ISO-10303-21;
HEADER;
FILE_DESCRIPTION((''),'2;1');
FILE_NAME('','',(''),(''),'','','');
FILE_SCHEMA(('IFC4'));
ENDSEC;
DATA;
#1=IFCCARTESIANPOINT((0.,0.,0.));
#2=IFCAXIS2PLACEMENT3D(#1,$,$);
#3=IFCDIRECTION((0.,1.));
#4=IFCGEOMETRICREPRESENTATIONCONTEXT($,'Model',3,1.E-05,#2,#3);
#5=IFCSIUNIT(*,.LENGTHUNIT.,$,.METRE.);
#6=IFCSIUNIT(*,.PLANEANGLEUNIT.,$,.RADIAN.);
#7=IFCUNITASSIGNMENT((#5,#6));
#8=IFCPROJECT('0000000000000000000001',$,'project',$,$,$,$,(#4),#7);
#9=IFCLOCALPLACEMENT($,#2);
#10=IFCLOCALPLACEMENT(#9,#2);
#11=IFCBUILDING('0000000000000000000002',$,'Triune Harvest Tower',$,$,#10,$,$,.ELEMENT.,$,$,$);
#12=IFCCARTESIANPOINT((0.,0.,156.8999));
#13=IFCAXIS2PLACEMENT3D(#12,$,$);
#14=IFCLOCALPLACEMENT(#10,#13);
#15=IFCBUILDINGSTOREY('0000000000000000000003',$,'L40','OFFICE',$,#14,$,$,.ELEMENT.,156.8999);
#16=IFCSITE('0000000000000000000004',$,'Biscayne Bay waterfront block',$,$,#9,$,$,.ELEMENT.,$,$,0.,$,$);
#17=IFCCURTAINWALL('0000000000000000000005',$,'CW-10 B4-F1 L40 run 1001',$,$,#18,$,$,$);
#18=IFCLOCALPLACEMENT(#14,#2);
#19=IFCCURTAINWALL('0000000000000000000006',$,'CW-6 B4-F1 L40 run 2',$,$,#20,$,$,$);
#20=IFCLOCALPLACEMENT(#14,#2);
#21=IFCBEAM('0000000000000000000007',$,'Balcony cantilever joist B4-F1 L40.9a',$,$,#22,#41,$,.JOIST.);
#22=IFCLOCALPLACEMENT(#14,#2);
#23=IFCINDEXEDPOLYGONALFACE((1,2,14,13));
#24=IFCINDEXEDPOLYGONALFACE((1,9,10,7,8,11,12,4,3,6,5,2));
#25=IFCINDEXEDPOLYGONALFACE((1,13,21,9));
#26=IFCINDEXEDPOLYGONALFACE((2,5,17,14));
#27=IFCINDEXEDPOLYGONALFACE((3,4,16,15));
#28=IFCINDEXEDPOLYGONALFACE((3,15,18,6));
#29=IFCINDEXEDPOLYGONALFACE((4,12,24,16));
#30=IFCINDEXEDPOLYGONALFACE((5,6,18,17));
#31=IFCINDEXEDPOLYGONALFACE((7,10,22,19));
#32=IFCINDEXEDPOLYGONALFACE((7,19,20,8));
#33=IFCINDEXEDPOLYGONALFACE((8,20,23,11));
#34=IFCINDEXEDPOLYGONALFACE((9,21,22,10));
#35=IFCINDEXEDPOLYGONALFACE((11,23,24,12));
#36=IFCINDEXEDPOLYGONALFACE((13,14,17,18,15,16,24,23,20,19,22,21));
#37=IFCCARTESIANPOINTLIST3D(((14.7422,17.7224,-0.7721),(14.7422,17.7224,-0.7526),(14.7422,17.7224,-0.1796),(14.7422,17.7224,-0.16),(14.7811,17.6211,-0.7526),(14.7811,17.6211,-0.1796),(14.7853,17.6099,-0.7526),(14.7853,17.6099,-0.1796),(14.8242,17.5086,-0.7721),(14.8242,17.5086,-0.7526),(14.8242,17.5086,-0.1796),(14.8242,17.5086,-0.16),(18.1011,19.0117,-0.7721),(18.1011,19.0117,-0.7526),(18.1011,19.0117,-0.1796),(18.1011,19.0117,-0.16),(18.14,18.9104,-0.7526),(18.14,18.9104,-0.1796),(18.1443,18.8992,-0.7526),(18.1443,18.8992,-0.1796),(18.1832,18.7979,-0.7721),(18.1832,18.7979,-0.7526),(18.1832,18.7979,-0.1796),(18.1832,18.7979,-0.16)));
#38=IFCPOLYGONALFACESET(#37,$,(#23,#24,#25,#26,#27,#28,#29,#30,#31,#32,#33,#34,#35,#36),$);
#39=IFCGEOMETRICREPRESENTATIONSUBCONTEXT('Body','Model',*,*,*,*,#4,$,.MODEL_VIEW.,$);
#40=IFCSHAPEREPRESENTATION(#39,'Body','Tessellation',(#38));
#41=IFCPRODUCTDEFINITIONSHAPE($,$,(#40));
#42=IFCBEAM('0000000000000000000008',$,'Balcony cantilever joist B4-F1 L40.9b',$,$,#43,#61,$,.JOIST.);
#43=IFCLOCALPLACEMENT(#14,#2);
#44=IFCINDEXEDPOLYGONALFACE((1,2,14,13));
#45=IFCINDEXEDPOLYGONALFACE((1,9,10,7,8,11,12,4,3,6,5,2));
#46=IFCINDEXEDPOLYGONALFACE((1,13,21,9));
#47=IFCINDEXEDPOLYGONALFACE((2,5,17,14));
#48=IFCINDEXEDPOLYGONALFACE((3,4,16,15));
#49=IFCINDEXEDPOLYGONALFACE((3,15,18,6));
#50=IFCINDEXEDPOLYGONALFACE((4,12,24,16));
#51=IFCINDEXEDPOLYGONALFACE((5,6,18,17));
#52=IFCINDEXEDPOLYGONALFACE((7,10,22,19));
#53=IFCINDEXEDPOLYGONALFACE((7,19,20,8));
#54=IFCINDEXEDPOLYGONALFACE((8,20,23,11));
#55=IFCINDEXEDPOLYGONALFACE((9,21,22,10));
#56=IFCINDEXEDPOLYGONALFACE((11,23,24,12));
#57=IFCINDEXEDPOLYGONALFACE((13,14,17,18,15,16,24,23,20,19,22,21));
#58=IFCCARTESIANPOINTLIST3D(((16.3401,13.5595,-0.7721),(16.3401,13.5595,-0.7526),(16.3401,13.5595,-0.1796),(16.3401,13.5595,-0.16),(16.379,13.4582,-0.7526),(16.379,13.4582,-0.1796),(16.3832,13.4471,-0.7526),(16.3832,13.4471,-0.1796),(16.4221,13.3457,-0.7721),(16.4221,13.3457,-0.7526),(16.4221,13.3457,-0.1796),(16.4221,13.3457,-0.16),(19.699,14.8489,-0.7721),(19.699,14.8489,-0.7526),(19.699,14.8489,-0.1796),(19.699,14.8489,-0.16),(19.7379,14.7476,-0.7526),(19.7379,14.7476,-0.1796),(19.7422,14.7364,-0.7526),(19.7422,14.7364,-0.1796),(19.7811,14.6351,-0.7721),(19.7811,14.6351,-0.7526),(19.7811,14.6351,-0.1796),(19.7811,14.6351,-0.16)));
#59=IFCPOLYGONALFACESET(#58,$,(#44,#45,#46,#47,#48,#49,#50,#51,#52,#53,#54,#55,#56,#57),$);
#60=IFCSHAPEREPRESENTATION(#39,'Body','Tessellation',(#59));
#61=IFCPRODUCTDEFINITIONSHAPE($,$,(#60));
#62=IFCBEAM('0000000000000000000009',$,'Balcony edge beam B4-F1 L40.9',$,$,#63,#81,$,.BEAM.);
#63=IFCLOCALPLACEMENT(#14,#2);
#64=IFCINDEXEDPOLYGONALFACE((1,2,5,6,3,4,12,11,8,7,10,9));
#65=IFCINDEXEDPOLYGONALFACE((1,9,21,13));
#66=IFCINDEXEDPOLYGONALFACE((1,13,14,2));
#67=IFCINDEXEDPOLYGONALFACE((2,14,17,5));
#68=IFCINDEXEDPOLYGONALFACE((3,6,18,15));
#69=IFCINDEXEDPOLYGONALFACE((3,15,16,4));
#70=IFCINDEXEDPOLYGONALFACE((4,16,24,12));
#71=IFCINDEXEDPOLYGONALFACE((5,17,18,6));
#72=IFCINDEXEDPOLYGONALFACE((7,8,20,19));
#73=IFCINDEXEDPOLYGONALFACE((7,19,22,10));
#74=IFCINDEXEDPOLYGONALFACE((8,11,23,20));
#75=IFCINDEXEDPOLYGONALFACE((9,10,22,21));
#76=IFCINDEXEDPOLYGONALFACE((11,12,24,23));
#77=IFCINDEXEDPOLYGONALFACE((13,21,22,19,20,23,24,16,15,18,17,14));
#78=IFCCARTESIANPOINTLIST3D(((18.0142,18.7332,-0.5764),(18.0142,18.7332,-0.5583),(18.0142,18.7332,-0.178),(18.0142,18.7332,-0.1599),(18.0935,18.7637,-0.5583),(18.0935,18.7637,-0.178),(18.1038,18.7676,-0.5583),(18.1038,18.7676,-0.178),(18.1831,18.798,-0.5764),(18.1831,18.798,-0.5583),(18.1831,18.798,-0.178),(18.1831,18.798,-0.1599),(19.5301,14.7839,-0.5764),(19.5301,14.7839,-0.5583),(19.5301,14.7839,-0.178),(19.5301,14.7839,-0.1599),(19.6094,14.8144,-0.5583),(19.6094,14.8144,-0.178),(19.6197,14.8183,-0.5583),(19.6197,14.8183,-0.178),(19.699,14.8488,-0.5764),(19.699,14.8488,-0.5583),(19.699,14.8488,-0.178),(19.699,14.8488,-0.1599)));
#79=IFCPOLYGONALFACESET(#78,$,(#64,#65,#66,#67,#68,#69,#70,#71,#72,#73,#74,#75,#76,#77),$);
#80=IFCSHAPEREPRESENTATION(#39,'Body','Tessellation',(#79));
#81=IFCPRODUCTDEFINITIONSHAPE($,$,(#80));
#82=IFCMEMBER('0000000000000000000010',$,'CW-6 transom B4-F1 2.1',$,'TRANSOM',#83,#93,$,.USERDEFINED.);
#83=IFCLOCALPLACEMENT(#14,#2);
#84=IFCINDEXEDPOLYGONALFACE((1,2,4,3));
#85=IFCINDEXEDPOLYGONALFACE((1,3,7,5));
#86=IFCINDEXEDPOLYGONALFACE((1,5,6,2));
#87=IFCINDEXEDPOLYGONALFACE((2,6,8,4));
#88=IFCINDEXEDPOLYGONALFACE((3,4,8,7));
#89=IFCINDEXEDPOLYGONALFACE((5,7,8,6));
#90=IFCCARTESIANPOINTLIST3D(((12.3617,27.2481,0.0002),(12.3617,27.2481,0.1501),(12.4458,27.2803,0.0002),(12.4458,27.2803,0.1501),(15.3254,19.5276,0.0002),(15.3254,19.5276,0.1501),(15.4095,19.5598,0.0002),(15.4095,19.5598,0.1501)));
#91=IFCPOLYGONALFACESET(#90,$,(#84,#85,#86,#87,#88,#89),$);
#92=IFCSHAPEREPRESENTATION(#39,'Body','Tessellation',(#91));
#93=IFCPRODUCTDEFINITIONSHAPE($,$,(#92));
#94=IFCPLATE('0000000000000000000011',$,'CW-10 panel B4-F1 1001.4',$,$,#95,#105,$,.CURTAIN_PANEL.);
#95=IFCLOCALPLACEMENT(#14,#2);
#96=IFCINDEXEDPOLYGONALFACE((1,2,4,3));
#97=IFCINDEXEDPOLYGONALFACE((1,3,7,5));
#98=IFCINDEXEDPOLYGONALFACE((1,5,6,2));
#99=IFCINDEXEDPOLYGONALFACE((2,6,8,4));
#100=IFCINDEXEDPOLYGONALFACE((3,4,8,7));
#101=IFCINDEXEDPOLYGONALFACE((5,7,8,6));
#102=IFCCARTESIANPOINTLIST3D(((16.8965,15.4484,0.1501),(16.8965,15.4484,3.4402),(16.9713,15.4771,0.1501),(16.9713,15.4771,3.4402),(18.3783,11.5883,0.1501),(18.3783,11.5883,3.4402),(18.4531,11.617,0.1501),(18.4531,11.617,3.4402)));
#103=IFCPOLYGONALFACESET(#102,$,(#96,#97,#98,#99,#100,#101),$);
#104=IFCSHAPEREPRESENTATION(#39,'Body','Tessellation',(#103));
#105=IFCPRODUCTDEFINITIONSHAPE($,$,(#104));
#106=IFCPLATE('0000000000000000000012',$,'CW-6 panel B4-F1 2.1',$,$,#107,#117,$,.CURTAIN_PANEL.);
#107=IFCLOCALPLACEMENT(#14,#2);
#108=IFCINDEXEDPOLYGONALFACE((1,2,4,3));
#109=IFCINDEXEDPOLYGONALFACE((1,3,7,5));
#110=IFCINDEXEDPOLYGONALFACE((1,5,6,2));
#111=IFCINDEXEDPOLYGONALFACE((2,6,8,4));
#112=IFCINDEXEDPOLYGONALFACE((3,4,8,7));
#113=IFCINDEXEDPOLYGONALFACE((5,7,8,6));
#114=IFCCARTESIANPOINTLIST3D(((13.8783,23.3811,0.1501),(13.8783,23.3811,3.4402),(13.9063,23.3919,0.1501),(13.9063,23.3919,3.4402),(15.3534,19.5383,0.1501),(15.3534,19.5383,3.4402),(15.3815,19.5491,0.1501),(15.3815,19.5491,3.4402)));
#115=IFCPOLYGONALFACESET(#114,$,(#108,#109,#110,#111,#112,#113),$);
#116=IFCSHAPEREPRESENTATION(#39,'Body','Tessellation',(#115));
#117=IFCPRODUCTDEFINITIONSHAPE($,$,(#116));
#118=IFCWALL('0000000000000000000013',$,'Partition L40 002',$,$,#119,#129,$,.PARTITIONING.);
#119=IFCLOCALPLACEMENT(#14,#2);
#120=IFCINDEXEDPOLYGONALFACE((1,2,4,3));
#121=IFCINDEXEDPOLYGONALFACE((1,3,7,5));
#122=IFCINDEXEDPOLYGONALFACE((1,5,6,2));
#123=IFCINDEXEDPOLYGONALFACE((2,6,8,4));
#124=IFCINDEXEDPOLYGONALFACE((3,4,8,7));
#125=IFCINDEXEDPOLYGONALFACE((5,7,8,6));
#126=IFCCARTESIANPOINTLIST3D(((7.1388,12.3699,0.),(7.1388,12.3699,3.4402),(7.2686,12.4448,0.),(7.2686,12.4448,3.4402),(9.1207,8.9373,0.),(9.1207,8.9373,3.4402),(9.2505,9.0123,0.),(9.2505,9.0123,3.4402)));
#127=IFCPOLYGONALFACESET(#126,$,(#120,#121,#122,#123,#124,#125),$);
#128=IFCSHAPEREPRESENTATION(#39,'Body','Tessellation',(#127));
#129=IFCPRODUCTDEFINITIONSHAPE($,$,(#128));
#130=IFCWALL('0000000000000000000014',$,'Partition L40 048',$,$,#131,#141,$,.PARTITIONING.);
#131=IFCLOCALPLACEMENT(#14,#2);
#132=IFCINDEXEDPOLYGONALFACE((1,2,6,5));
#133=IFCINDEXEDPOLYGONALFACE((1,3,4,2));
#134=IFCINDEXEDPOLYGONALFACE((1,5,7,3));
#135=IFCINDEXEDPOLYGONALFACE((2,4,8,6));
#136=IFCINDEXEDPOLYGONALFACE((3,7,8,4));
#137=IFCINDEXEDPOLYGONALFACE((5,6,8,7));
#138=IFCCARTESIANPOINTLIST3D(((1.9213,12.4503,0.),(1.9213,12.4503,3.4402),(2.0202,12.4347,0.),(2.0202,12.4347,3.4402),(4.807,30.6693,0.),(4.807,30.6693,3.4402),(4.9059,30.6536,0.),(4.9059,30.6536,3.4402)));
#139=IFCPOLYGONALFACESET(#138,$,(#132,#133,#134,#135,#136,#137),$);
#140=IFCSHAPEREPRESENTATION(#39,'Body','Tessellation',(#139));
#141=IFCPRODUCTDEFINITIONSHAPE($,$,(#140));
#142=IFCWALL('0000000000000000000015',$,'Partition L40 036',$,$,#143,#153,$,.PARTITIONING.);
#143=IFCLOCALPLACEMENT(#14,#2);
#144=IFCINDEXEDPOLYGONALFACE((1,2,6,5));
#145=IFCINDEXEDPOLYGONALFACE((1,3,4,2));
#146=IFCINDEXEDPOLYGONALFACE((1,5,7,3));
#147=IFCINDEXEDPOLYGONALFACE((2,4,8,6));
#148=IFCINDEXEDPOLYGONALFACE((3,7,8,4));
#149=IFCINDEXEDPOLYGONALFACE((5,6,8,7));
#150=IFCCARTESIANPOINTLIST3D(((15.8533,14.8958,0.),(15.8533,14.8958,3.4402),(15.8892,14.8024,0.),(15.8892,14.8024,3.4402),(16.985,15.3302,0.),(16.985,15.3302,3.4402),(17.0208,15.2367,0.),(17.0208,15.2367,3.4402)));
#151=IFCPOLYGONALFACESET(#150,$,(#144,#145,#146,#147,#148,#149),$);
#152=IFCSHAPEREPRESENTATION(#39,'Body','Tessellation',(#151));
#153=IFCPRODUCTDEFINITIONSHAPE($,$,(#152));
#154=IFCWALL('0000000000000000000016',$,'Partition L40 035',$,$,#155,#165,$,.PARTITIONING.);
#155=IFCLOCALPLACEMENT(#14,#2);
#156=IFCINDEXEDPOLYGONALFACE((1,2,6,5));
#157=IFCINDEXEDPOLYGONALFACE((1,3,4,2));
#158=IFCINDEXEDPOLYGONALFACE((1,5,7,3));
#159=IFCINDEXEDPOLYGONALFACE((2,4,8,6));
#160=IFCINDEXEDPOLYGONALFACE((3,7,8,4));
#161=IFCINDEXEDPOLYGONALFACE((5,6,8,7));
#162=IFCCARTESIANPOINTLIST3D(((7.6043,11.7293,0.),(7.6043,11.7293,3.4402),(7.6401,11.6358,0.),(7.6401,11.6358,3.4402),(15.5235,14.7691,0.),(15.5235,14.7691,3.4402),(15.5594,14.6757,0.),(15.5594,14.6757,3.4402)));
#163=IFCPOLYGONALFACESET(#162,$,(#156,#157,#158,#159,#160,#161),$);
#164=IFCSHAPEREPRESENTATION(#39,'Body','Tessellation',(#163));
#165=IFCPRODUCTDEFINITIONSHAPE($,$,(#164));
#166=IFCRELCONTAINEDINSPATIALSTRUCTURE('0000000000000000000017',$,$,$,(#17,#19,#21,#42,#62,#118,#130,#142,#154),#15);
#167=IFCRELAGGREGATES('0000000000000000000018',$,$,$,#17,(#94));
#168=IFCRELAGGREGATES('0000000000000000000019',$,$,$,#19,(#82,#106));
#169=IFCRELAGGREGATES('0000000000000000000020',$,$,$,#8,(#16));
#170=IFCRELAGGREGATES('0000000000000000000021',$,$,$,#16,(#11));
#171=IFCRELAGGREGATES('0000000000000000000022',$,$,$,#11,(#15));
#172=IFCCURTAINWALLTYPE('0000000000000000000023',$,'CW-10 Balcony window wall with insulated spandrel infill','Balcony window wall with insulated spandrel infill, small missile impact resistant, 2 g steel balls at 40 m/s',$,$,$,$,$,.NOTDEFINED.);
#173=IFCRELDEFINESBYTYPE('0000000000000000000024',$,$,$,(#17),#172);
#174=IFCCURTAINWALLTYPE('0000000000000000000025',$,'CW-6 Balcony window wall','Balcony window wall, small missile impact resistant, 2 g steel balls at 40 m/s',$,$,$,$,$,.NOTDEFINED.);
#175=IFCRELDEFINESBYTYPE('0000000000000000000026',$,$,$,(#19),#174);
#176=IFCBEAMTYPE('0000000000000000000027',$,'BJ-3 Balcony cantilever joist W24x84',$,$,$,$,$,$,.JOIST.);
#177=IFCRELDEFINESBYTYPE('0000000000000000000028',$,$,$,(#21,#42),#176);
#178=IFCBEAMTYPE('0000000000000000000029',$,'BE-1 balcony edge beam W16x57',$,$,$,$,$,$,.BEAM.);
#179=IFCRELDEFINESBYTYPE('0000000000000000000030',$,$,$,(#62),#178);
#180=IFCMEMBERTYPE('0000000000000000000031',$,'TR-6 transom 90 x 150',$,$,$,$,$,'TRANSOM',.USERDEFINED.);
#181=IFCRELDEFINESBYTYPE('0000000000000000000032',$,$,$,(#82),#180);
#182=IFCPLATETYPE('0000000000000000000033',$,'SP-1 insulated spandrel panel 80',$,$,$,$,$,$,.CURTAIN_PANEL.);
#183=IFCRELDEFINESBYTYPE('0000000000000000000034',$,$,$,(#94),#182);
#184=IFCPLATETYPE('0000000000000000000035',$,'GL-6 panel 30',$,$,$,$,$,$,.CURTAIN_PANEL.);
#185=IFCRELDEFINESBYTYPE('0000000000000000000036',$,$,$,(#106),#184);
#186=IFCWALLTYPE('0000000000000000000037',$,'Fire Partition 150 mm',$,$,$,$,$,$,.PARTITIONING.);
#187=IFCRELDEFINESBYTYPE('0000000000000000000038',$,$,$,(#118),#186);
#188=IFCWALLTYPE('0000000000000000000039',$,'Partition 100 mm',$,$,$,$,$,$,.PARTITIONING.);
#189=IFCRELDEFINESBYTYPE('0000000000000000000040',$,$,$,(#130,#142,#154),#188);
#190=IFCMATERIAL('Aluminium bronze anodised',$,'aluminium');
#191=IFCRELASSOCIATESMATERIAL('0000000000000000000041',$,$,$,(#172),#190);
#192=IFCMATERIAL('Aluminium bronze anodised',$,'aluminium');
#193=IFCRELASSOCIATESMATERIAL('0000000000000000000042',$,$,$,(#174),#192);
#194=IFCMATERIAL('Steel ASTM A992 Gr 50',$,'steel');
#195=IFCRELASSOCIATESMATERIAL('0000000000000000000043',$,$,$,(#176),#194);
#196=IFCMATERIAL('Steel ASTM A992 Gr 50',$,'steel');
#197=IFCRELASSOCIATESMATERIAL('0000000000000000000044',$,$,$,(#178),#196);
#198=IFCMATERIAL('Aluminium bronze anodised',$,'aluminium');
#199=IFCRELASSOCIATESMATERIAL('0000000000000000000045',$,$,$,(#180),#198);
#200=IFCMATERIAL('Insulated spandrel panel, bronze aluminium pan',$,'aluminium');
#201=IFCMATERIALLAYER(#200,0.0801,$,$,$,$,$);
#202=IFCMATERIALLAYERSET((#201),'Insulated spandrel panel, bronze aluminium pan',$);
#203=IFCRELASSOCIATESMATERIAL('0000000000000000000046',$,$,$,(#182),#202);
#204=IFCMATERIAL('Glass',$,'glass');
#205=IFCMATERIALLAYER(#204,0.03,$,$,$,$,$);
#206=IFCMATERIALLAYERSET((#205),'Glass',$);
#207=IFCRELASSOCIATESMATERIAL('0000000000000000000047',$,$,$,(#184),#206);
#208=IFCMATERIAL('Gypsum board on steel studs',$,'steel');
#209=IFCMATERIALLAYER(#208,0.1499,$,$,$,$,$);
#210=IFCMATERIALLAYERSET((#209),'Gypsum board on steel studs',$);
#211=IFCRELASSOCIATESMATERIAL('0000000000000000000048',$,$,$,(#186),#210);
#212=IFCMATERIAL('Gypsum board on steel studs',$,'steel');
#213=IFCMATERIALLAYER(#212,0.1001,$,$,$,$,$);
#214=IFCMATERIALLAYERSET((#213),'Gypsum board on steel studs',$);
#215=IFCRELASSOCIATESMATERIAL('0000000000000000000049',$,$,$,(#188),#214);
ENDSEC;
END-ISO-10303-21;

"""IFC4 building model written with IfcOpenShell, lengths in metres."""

from ifc_helpers import new_model, si_unit, direction, frame, frame_2d, origin, origin_2d, place, context, subcontext, project, spatial, rectangle, i_section, extrude, source, transform, mapped, material, layer, layer_set, material_profile, profile_set, type_object, element, aggregate, save


model = new_model("IFC4")

# Units and contexts
model_context = context("Model", 3, precision=1e-05, world=origin(), true_north=direction((0.0, 1.0)))
body_context = subcontext(model_context, "Body", "Model", "MODEL_VIEW")
ifc_project = project(units=[si_unit("LENGTHUNIT", "METRE"), si_unit("PLANEANGLEUNIT", "RADIAN")], contexts=[model_context])

# Site, building, storey
site_placement = place(None, origin())
site = spatial("IfcSite", under=ifc_project, at=site_placement, Name="Biscayne Bay waterfront block", CompositionType="ELEMENT", RefElevation=0.0)
building_placement = place(site_placement, origin())
building = spatial("IfcBuilding", under=site, at=building_placement, Name="Triune Harvest Tower", CompositionType="ELEMENT")
storey_placement = place(building_placement, frame((0.0, 0.0, 156.8999)))
storey = spatial("IfcBuildingStorey", under=building, at=storey_placement, Name="L40", Description="OFFICE", CompositionType="ELEMENT", Elevation=156.8999)

# Curtain walls
ifc_material_1 = material(Name="Aluminium bronze anodised", Category="aluminium")
curtain_wall_type_1 = type_object("IfcCurtainWallType", Name="CW-10 Balcony window wall with insulated spandrel infill", Description="Balcony window wall with insulated spandrel infill, small missile impact resistant, 2 g steel balls at 40 m/s", PredefinedType="NOTDEFINED", material=ifc_material_1)
curtain_wall_1_placement = place(storey_placement, origin())
curtain_wall_1 = element("IfcCurtainWall", 1, at=curtain_wall_1_placement, inside=storey, type_object=curtain_wall_type_1, Name="CW-10 B4-F1 L40 run 1001")
ifc_material_2 = material(Name="Aluminium bronze anodised", Category="aluminium")
curtain_wall_type_2 = type_object("IfcCurtainWallType", Name="CW-6 Balcony window wall", Description="Balcony window wall, small missile impact resistant, 2 g steel balls at 40 m/s", PredefinedType="NOTDEFINED", material=ifc_material_2)
curtain_wall_2_placement = place(storey_placement, origin())
curtain_wall_2 = element("IfcCurtainWall", 2, at=curtain_wall_2_placement, inside=storey, type_object=curtain_wall_type_2, Name="CW-6 B4-F1 L40 run 2")

# Beams
ifc_material_3 = material(Name="Steel ASTM A992 Gr 50", Category="steel")
ifc_material_profile_1 = material_profile(ifc_material_3, i_section(OverallWidth=0.229, OverallDepth=0.6121, WebThickness=0.012, FlangeThickness=0.0195, at=origin_2d()), Name="W24x84")
ifc_profile_set_1 = profile_set([ifc_material_profile_1], Name="Steel ASTM A992 Gr 50")
beam_type_1 = type_object("IfcBeamType", Name="BJ-3 Balcony cantilever joist W24x84", PredefinedType="JOIST", material=ifc_profile_set_1)
shared_shape_1 = source(origin(), body_context, "Body", "SweptSolid", [
    extrude(i_section(OverallWidth=0.229, OverallDepth=0.6121, WebThickness=0.012, FlangeThickness=0.0195, at=origin_2d()), origin(), (0.0, 0.0, 1.0), 3.5979),
])
for number, where, z_axis, x_axis, name in (
    (3, (14.7832, 17.6155, -0.4661), (0.933585, 0.358356, 0.0), (-0.358356, 0.933585, 0.0), "Balcony cantilever joist B4-F1 L40.9a"),
    (4, (16.3811, 13.4526, -0.4661), (0.933585, 0.358356, 0.0), (-0.358356, 0.933585, 0.0), "Balcony cantilever joist B4-F1 L40.9b"),
):
    element("IfcBeam", number, at=place(storey_placement, frame(where, z_axis=z_axis, x_axis=x_axis)), inside=storey, type_object=beam_type_1, Name=name, PredefinedType="JOIST", context=body_context, shape_type="MappedRepresentation", body=[
        mapped(shared_shape_1, transform((0.0, 0.0, 0.0), scale=1.0)),
    ])
ifc_material_4 = material(Name="Steel ASTM A992 Gr 50", Category="steel")
ifc_material_profile_2 = material_profile(ifc_material_4, i_section(OverallWidth=0.1809, OverallDepth=0.4165, WebThickness=0.011, FlangeThickness=0.0181, at=origin_2d()), Name="W16x57")
ifc_profile_set_2 = profile_set([ifc_material_profile_2], Name="Steel ASTM A992 Gr 50")
beam_type_2 = type_object("IfcBeamType", Name="BE-1 balcony edge beam W16x57", PredefinedType="BEAM", material=ifc_profile_set_2)
shared_shape_2 = source(origin(), body_context, "Body", "SweptSolid", [
    extrude(i_section(OverallWidth=0.1809, OverallDepth=0.4165, WebThickness=0.011, FlangeThickness=0.0181, at=origin_2d()), origin(), (0.0, 0.0, 1.0), 4.2302),
])
beam_1_placement = place(storey_placement, frame((18.0986, 18.7656, -0.3682), z_axis=(0.358349, -0.933588, 0.0), x_axis=(0.933588, 0.358349, 0.0)))
element("IfcBeam", 5, at=beam_1_placement, inside=storey, type_object=beam_type_2, Name="Balcony edge beam B4-F1 L40.9", PredefinedType="BEAM", context=body_context, shape_type="MappedRepresentation", body=[
    mapped(shared_shape_2, transform((0.0, 0.0, 0.0), scale=1.0)),
])

# Member
ifc_material_5 = material(Name="Aluminium bronze anodised", Category="aluminium")
ifc_material_profile_3 = material_profile(ifc_material_5, rectangle(XDim=0.0901, YDim=0.1499, at=origin_2d()), Name="TR-6 transom 90 x 150")
ifc_profile_set_3 = profile_set([ifc_material_profile_3], Name="Aluminium bronze anodised")
member_type_1 = type_object("IfcMemberType", Name="TR-6 transom 90 x 150", ElementType="TRANSOM", PredefinedType="USERDEFINED", material=ifc_profile_set_3)
shared_shape_3 = source(origin(), body_context, "Body", "SweptSolid", [
    extrude(rectangle(XDim=0.0901, YDim=0.1499, at=origin_2d()), origin(), (0.0, 0.0, 1.0), 8.2698),
])
member_1_placement = place(storey_placement, frame((15.3674, 19.5437, 0.0752), z_axis=(-0.35837, 0.93358, 0.0), x_axis=(-0.93358, -0.35837, 0.0)))
member_1 = element("IfcMember", 6, at=member_1_placement, type_object=member_type_1, Name="CW-6 transom B4-F1 2.1", ObjectType="TRANSOM", PredefinedType="USERDEFINED", context=body_context, shape_type="MappedRepresentation", body=[
    mapped(shared_shape_3, transform((0.0, 0.0, 0.0), scale=1.0)),
])

# Plates
ifc_material_6 = material(Name="Insulated spandrel panel, bronze aluminium pan", Category="aluminium")
ifc_layer_1 = layer(ifc_material_6, 0.0801)
ifc_layer_set_1 = layer_set([ifc_layer_1], Name="Insulated spandrel panel, bronze aluminium pan")
plate_type_1 = type_object("IfcPlateType", Name="SP-1 insulated spandrel panel 80", PredefinedType="CURTAIN_PANEL", material=ifc_layer_set_1)
shared_shape_4 = source(origin(), body_context, "Body", "SweptSolid", [
    extrude(rectangle(XDim=4.1348, YDim=0.0801, at=origin_2d()), origin(), (0.0, 0.0, 1.0), 3.29),
])
plate_1_placement = place(storey_placement, frame((17.6748, 13.5327, 0.1501), z_axis=(0.0, 0.0, 1.0), x_axis=(-0.358371, 0.933579, 0.0)))
plate_1 = element("IfcPlate", 7, at=plate_1_placement, type_object=plate_type_1, Name="CW-10 panel B4-F1 1001.4", PredefinedType="CURTAIN_PANEL", context=body_context, shape_type="MappedRepresentation", body=[
    mapped(shared_shape_4, transform((0.0, 0.0, 0.0), scale=1.0)),
])
aggregate(curtain_wall_1, [plate_1])
ifc_material_7 = material(Name="Glass", Category="glass")
ifc_layer_2 = layer(ifc_material_7, 0.03)
ifc_layer_set_2 = layer_set([ifc_layer_2], Name="Glass")
plate_type_2 = type_object("IfcPlateType", Name="GL-6 panel 30", PredefinedType="CURTAIN_PANEL", material=ifc_layer_set_2)
shared_shape_5 = source(origin(), body_context, "Body", "SweptSolid", [
    extrude(rectangle(XDim=4.1162, YDim=0.03, at=origin_2d()), origin(), (0.0, 0.0, 1.0), 3.29),
])
plate_2_placement = place(storey_placement, frame((14.6299, 21.4651, 0.1501), z_axis=(0.0, 0.0, 1.0), x_axis=(-0.358369, 0.93358, 0.0)))
plate_2 = element("IfcPlate", 8, at=plate_2_placement, type_object=plate_type_2, Name="CW-6 panel B4-F1 2.1", PredefinedType="CURTAIN_PANEL", context=body_context, shape_type="MappedRepresentation", body=[
    mapped(shared_shape_5, transform((0.0, 0.0, 0.0), scale=1.0)),
])
aggregate(curtain_wall_2, [member_1, plate_2])

# Walls
ifc_material_8 = material(Name="Gypsum board on steel studs", Category="steel")
ifc_layer_3 = layer(ifc_material_8, 0.1499)
ifc_layer_set_3 = layer_set([ifc_layer_3], Name="Gypsum board on steel studs")
wall_type_1 = type_object("IfcWallType", Name="Fire Partition 150 mm", PredefinedType="PARTITIONING", material=ifc_layer_set_3)
wall_1_placement = place(storey_placement, frame((7.2036, 12.4075, 0.0), z_axis=(0.0, 0.0, 1.0), x_axis=(0.500021, -0.866013, 0.0)))
element("IfcWall", 9, at=wall_1_placement, inside=storey, type_object=wall_type_1, Name="Partition L40 002", PredefinedType="PARTITIONING", context=body_context, shape_type="SweptSolid", body=[
    extrude(rectangle(XDim=3.9636, YDim=0.1499, at=frame_2d((1.9819, 0.0))), origin(), (0.0, 0.0, 1.0), 3.4402),
])
ifc_material_9 = material(Name="Gypsum board on steel studs", Category="steel")
ifc_layer_4 = layer(ifc_material_9, 0.1001)
ifc_layer_set_4 = layer_set([ifc_layer_4], Name="Gypsum board on steel studs")
wall_type_2 = type_object("IfcWallType", Name="Partition 100 mm", PredefinedType="PARTITIONING", material=ifc_layer_set_4)
wall_2_placement = place(storey_placement, frame((1.9707, 12.4424, 0.0), z_axis=(0.0, 0.0, 1.0), x_axis=(0.156442, 0.987687, 0.0)))
element("IfcWall", 10, at=wall_2_placement, inside=storey, type_object=wall_type_2, Name="Partition L40 048", PredefinedType="PARTITIONING", context=body_context, shape_type="SweptSolid", body=[
    extrude(rectangle(XDim=18.446, YDim=0.1001, at=frame_2d((9.2231, 0.0))), origin(), (0.0, 0.0, 1.0), 3.4402),
])

# Walls
shared_shape_6 = source(origin(), body_context, "Body", "SweptSolid", [
    extrude(rectangle(XDim=1.2122, YDim=0.1001, at=frame_2d((0.606, 0.0))), origin(), (0.0, 0.0, 1.0), 3.4402),
])
wall_3_placement = place(storey_placement, frame((15.8713, 14.8491, 0.0), z_axis=(0.0, 0.0, 1.0), x_axis=(0.933595, 0.358331, 0.0)))
element("IfcWall", 11, at=wall_3_placement, inside=storey, type_object=wall_type_2, Name="Partition L40 036", PredefinedType="PARTITIONING", context=body_context, shape_type="MappedRepresentation", body=[
    mapped(shared_shape_6, transform((0.0, 0.0, 0.0), scale=1.0)),
])
shared_shape_7 = source(origin(), body_context, "Body", "SweptSolid", [
    extrude(rectangle(XDim=8.4827, YDim=0.1001, at=frame_2d((4.2412, 0.0))), origin(), (0.0, 0.0, 1.0), 3.4402),
])
wall_4_placement = place(storey_placement, frame((7.6223, 11.6826, 0.0), z_axis=(0.0, 0.0, 1.0), x_axis=(0.933584, 0.358358, 0.0)))
element("IfcWall", 12, at=wall_4_placement, inside=storey, type_object=wall_type_2, Name="Partition L40 035", PredefinedType="PARTITIONING", context=body_context, shape_type="MappedRepresentation", body=[
    mapped(shared_shape_7, transform((0.0, 0.0, 0.0), scale=1.0)),
])

save(model, "model.ifc")
